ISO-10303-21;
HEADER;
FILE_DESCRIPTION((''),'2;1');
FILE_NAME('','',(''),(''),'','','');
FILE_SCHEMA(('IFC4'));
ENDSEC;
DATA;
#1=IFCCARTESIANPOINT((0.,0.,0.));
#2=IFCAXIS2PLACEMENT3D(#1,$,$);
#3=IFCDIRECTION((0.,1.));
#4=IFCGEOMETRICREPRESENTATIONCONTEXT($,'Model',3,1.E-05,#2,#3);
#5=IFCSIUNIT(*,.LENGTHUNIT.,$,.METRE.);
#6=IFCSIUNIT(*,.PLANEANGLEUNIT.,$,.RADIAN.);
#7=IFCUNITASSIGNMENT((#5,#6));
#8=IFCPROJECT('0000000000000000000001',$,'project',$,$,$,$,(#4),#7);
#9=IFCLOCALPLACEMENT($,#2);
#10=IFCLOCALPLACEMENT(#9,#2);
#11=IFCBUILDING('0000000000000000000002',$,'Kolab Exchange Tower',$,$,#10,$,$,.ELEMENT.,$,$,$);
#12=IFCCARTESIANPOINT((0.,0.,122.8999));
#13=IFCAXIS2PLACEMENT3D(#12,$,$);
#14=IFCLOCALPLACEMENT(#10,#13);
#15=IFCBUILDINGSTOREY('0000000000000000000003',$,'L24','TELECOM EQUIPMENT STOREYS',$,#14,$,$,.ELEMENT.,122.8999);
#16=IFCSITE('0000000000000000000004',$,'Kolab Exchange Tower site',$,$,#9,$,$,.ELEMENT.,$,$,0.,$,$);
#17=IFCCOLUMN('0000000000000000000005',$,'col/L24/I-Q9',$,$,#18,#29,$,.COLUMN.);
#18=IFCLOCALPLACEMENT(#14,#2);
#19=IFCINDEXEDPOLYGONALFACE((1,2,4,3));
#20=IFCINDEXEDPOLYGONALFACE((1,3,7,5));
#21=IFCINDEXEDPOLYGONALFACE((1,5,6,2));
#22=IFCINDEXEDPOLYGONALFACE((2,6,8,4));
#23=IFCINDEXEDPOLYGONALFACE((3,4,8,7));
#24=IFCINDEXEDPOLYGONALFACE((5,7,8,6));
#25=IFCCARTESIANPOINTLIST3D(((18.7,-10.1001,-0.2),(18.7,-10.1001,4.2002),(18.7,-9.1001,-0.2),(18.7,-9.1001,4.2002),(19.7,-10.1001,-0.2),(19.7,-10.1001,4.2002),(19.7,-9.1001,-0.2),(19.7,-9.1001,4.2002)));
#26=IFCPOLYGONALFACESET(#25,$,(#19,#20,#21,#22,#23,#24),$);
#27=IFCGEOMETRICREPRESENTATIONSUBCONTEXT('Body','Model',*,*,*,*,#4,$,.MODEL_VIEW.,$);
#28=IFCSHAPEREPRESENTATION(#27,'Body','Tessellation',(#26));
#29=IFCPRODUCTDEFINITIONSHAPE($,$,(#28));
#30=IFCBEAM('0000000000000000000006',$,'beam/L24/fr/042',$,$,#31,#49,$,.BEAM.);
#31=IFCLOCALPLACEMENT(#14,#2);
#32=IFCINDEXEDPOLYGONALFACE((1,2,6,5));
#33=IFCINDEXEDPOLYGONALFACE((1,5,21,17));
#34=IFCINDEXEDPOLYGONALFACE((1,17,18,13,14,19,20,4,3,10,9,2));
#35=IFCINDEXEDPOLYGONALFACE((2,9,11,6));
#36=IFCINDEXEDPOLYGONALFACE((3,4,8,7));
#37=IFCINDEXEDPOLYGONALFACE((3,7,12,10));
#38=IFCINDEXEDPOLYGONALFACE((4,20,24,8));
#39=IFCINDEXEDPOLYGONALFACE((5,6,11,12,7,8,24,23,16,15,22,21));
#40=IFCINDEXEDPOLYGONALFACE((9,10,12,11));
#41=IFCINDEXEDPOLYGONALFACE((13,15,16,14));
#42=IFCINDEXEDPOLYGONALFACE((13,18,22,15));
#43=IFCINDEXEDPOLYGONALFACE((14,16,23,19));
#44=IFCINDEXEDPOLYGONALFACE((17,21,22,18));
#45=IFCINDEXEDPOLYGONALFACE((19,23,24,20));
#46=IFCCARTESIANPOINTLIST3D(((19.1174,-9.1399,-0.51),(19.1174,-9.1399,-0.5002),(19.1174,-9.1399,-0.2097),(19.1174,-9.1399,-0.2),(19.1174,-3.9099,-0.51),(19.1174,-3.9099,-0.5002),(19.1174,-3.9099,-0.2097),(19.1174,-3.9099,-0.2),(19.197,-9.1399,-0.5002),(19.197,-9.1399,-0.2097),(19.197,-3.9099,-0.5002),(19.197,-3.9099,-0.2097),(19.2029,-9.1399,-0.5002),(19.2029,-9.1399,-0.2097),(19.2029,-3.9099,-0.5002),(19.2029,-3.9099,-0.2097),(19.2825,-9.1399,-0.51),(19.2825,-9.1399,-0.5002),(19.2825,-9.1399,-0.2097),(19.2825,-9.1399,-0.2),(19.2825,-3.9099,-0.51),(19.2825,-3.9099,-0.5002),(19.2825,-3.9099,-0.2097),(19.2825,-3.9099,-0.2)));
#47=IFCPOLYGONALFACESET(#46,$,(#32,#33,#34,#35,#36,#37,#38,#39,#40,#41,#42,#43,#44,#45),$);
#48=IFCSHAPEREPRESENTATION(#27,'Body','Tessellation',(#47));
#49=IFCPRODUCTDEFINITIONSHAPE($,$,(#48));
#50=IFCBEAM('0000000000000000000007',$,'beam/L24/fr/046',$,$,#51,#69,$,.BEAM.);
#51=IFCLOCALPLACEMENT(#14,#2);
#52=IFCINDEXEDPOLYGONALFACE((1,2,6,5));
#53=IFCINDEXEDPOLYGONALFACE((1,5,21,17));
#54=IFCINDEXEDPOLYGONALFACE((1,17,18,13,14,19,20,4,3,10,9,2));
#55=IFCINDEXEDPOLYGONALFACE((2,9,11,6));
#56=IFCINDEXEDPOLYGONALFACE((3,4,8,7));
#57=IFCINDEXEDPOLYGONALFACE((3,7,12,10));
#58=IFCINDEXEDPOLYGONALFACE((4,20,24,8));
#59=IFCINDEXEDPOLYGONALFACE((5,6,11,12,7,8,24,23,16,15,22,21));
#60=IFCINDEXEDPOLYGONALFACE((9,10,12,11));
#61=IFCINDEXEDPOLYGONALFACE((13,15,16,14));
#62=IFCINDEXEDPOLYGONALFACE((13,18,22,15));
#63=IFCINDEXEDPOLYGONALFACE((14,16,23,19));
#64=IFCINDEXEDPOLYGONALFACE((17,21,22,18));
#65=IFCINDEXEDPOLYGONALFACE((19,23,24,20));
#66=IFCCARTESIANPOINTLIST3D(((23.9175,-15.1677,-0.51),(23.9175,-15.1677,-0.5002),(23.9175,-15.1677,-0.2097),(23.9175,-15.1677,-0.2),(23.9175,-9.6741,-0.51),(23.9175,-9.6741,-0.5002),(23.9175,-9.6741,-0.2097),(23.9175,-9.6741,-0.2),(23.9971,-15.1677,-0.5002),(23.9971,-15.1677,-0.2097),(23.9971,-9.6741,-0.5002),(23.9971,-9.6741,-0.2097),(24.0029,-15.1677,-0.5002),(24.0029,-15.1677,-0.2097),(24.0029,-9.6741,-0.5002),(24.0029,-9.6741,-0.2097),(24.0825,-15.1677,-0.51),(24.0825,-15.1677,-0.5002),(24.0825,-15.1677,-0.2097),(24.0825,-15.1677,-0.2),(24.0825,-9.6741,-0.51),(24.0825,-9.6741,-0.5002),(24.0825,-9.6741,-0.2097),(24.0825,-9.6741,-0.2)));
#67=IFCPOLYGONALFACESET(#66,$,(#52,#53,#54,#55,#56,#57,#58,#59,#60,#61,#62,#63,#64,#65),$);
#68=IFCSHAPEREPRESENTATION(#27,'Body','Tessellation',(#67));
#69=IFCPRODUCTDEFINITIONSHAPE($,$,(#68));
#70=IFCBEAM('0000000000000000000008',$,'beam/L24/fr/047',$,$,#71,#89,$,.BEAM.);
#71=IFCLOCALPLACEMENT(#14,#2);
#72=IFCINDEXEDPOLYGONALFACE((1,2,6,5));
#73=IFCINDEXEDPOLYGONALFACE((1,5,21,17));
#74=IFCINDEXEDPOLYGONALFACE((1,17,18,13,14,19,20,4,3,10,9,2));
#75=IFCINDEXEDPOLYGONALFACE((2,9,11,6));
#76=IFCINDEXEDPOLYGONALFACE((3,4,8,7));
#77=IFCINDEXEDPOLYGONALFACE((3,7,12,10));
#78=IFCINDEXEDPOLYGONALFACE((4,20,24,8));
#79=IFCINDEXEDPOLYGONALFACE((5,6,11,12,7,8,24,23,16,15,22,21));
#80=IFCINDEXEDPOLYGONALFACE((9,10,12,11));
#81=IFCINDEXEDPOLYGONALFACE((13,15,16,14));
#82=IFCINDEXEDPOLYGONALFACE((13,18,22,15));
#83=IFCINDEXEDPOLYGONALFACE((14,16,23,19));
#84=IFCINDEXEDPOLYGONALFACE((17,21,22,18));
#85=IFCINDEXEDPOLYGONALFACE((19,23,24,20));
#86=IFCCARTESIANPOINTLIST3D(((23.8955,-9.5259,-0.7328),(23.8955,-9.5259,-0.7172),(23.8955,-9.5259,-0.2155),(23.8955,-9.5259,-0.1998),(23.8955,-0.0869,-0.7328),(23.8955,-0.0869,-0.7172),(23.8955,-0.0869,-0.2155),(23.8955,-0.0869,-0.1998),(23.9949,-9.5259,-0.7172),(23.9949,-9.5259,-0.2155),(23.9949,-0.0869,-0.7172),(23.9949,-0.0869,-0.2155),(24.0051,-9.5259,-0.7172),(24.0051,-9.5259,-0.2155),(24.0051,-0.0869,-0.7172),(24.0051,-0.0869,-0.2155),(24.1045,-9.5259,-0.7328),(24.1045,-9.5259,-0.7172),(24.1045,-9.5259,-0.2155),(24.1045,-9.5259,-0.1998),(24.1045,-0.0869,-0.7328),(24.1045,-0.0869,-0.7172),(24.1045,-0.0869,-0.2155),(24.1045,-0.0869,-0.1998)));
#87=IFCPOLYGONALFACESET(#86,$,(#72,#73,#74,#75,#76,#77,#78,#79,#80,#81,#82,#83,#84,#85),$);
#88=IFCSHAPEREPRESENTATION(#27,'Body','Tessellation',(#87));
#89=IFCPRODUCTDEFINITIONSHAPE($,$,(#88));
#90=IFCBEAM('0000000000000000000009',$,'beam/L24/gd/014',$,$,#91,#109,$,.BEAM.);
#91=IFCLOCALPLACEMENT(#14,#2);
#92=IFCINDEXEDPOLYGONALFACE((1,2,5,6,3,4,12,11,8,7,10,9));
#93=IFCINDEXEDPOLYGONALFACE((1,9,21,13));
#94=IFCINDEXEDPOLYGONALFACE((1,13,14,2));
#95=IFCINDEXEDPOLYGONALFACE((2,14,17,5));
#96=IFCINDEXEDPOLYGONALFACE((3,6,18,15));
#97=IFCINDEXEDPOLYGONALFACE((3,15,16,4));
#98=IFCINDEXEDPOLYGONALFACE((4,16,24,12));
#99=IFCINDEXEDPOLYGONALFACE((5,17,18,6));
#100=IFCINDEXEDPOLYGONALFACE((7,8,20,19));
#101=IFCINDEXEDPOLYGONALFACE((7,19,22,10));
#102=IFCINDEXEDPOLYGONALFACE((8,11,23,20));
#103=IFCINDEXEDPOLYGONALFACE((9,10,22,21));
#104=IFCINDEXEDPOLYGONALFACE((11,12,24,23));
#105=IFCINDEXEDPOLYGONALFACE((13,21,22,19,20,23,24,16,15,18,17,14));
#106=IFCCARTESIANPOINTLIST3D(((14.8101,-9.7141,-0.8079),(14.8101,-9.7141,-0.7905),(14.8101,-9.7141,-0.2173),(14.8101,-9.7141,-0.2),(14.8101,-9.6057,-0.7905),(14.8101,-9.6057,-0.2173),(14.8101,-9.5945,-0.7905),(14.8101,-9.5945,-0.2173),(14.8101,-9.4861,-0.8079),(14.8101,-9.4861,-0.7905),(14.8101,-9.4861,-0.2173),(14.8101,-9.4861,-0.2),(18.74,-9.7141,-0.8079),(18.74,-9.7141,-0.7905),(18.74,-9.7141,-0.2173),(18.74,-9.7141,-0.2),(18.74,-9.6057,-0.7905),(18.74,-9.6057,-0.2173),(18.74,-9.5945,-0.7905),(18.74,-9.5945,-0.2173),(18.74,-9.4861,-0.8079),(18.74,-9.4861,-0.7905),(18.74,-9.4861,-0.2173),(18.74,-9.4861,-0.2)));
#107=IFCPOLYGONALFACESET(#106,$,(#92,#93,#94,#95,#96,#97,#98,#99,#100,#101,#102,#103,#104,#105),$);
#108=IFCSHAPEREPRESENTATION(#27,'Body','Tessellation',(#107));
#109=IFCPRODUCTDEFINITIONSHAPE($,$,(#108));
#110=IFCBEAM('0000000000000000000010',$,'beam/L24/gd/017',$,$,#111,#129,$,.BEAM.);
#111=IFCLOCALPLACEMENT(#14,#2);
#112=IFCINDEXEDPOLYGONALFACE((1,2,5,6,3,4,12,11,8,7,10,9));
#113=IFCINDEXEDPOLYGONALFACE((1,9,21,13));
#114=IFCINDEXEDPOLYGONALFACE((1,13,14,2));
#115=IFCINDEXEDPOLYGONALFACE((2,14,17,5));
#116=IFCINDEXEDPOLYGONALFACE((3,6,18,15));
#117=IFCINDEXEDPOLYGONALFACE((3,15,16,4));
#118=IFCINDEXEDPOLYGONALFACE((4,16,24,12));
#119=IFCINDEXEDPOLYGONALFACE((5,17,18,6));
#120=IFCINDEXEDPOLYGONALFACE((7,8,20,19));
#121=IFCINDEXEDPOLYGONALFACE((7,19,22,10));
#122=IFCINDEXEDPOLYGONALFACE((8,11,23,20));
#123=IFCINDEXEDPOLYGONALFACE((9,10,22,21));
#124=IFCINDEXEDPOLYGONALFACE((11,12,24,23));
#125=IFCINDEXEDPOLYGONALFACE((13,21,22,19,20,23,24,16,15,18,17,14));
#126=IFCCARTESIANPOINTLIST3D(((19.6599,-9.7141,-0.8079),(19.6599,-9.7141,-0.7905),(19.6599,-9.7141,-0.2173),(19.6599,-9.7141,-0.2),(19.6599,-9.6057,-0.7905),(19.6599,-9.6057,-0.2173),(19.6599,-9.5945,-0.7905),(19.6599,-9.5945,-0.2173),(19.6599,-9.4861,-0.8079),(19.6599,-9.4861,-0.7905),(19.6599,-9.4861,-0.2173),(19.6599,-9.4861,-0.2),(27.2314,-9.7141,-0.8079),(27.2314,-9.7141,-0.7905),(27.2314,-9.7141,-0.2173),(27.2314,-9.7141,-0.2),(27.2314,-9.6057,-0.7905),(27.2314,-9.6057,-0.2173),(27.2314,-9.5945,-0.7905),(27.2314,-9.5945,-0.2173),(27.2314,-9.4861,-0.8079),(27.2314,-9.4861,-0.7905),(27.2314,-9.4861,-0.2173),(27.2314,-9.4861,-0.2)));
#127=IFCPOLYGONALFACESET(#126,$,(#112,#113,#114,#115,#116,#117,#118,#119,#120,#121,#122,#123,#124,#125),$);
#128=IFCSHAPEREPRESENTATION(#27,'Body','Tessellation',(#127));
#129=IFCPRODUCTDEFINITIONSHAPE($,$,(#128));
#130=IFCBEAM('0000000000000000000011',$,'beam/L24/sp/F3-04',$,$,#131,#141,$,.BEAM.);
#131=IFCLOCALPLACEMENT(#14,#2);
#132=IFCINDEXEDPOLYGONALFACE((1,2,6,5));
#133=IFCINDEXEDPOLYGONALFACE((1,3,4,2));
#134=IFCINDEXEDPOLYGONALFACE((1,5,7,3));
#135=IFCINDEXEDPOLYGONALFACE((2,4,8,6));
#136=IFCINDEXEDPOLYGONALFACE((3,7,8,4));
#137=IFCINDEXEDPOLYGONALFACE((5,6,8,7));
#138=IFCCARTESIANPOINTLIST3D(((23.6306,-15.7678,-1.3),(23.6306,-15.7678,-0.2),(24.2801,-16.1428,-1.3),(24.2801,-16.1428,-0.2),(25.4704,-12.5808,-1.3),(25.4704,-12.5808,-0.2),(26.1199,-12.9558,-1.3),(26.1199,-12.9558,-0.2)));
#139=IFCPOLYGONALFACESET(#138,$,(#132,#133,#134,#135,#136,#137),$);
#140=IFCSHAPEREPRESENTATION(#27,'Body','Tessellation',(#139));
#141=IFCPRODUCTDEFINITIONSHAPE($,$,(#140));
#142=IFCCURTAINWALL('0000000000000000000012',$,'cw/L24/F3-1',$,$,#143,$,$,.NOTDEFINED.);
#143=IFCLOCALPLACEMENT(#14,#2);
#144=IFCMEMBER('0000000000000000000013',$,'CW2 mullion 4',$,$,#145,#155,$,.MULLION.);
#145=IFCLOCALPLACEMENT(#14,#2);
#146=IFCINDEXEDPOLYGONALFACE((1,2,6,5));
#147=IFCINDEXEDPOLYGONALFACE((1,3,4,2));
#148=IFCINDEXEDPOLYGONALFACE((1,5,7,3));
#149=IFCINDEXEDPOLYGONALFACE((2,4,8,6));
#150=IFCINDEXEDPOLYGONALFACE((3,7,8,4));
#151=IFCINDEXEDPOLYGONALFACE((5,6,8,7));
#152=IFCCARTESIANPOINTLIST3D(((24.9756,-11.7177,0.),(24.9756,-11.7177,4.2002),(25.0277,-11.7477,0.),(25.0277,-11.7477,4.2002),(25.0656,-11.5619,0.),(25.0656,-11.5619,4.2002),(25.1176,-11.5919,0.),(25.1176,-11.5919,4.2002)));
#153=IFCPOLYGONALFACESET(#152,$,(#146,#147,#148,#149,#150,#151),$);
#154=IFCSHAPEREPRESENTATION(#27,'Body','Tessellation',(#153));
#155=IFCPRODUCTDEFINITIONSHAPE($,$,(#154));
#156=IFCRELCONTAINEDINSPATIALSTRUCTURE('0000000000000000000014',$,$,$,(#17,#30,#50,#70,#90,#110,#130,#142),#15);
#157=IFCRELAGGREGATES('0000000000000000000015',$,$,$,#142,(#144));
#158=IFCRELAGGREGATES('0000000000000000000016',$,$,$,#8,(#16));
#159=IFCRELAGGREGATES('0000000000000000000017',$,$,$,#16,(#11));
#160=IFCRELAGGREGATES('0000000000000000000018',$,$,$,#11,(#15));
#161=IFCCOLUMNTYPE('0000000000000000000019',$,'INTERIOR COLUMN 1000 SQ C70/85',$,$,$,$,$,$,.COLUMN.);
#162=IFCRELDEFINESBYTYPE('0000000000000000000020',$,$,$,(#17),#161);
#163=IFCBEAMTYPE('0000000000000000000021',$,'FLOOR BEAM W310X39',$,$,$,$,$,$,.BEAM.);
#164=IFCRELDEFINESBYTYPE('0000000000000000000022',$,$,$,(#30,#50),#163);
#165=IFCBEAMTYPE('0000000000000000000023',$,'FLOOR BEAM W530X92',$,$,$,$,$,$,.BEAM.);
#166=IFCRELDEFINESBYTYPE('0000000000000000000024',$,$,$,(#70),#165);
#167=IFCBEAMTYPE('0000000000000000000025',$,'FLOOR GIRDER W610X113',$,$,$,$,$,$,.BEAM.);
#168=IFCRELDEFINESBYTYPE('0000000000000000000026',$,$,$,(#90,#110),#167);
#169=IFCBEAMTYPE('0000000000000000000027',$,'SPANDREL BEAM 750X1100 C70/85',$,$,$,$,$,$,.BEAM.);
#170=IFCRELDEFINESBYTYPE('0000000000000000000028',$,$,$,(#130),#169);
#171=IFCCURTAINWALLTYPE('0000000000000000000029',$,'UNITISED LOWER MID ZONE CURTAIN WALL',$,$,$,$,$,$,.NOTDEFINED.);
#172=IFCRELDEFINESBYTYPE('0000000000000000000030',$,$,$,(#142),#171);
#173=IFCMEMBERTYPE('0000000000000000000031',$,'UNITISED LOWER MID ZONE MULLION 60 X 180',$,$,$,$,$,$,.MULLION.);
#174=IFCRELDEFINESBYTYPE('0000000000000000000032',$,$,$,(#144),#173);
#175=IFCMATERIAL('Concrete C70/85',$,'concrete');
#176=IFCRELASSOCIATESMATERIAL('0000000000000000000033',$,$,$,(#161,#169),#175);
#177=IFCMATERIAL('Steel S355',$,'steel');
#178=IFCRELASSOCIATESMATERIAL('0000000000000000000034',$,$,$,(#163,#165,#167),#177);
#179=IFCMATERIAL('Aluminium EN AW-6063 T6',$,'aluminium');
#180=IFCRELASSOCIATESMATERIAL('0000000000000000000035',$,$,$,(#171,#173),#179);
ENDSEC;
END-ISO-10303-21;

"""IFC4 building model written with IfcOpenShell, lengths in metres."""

from ifc_helpers import new_model, si_unit, direction, frame, origin, origin_2d, place, context, subcontext, project, spatial, rectangle, i_section, extrude, material, material_profile, profile_set, type_object, element, aggregate, save


model = new_model("IFC4")

# Units and contexts
model_context = context("Model", 3, precision=1e-05, world=origin(), true_north=direction((0.0, 1.0)))
body_context = subcontext(model_context, "Body", "Model", "MODEL_VIEW")
ifc_project = project(units=[si_unit("LENGTHUNIT", "METRE"), si_unit("PLANEANGLEUNIT", "RADIAN")], contexts=[model_context])

# Site, building, storey
site_placement = place(None, origin())
site = spatial("IfcSite", under=ifc_project, at=site_placement, Name="Kolab Exchange Tower site", CompositionType="ELEMENT", RefElevation=0.0)
building_placement = place(site_placement, origin())
building = spatial("IfcBuilding", under=site, at=building_placement, Name="Kolab Exchange Tower", CompositionType="ELEMENT")
storey_placement = place(building_placement, frame((0.0, 0.0, 122.8999)))
storey = spatial("IfcBuildingStorey", under=building, at=storey_placement, Name="L24", Description="TELECOM EQUIPMENT STOREYS", CompositionType="ELEMENT", Elevation=122.8999)

# Column
ifc_material_1 = material(Name="Concrete C70/85", Category="concrete")
ifc_material_profile_1 = material_profile(ifc_material_1, rectangle(XDim=1.0, YDim=1.0, at=origin_2d()), Name="RC1000")
ifc_profile_set_1 = profile_set([ifc_material_profile_1], Name="Concrete C70/85")
column_type = type_object("IfcColumnType", Name="INTERIOR COLUMN 1000 SQ C70/85", PredefinedType="COLUMN", material=ifc_profile_set_1)
column_placement = place(storey_placement, frame((19.2, -9.6001, -0.2), z_axis=(0.0, 0.0, 1.0), x_axis=(1.0, 0.0, 0.0)))
element("IfcColumn", 1, at=column_placement, inside=storey, type_object=column_type, Name="col/L24/I-Q9", PredefinedType="COLUMN", context=body_context, shape_type="SweptSolid", body=[
    extrude(rectangle(XDim=1.0, YDim=1.0, at=origin_2d()), origin(), (0.0, 0.0, 1.0), 4.4001),
])

# Beams
ifc_material_2 = material(Name="Steel S355", Category="steel")
ifc_material_profile_2 = material_profile(ifc_material_2, i_section(OverallWidth=0.165, OverallDepth=0.3101, WebThickness=0.0059, FlangeThickness=0.0098, at=origin_2d()), Name="W310X39")
ifc_profile_set_2 = profile_set([ifc_material_profile_2], Name="Steel S355")
beam_type_1 = type_object("IfcBeamType", Name="FLOOR BEAM W310X39", PredefinedType="BEAM", material=ifc_profile_set_2)
beam_1_placement = place(storey_placement, frame((19.2, -9.1399, -0.355), z_axis=(0.0, 1.0, 0.0), x_axis=(-1.0, 0.0, 0.0)))
element("IfcBeam", 2, at=beam_1_placement, inside=storey, type_object=beam_type_1, Name="beam/L24/fr/042", PredefinedType="BEAM", context=body_context, shape_type="SweptSolid", body=[
    extrude(i_section(OverallWidth=0.165, OverallDepth=0.3101, WebThickness=0.0059, FlangeThickness=0.0098, at=origin_2d()), origin(), (0.0, 0.0, 1.0), 5.23),
])
beam_2_placement = place(storey_placement, frame((24.0, -15.1677, -0.355), z_axis=(0.0, 1.0, 0.0), x_axis=(-1.0, 0.0, 0.0)))
element("IfcBeam", 3, at=beam_2_placement, inside=storey, type_object=beam_type_1, Name="beam/L24/fr/046", PredefinedType="BEAM", context=body_context, shape_type="SweptSolid", body=[
    extrude(i_section(OverallWidth=0.165, OverallDepth=0.3101, WebThickness=0.0059, FlangeThickness=0.0098, at=origin_2d()), origin(), (0.0, 0.0, 1.0), 5.4937),
])
ifc_material_profile_3 = material_profile(ifc_material_2, i_section(OverallWidth=0.209, OverallDepth=0.533, WebThickness=0.0103, FlangeThickness=0.0156, at=origin_2d()), Name="W530X92")
ifc_profile_set_3 = profile_set([ifc_material_profile_3], Name="Steel S355")
beam_type_2 = type_object("IfcBeamType", Name="FLOOR BEAM W530X92", PredefinedType="BEAM", material=ifc_profile_set_3)
beam_3_placement = place(storey_placement, frame((24.0, -9.5259, -0.4663), z_axis=(0.0, 1.0, 0.0), x_axis=(-1.0, 0.0, 0.0)))
element("IfcBeam", 4, at=beam_3_placement, inside=storey, type_object=beam_type_2, Name="beam/L24/fr/047", PredefinedType="BEAM", context=body_context, shape_type="SweptSolid", body=[
    extrude(i_section(OverallWidth=0.209, OverallDepth=0.533, WebThickness=0.0103, FlangeThickness=0.0156, at=origin_2d()), origin(), (0.0, 0.0, 1.0), 9.439),
])
ifc_material_profile_4 = material_profile(ifc_material_2, i_section(OverallWidth=0.228, OverallDepth=0.6079, WebThickness=0.0112, FlangeThickness=0.0173, at=origin_2d()), Name="W610X113")
ifc_profile_set_4 = profile_set([ifc_material_profile_4], Name="Steel S355")
beam_type_3 = type_object("IfcBeamType", Name="FLOOR GIRDER W610X113", PredefinedType="BEAM", material=ifc_profile_set_4)
beam_4_placement = place(storey_placement, frame((14.8101, -9.6001, -0.5039), z_axis=(1.0, 0.0, 0.0), x_axis=(0.0, 1.0, 0.0)))
element("IfcBeam", 5, at=beam_4_placement, inside=storey, type_object=beam_type_3, Name="beam/L24/gd/014", PredefinedType="BEAM", context=body_context, shape_type="SweptSolid", body=[
    extrude(i_section(OverallWidth=0.228, OverallDepth=0.6079, WebThickness=0.0112, FlangeThickness=0.0173, at=origin_2d()), origin(), (0.0, 0.0, 1.0), 3.9299),
])
beam_5_placement = place(storey_placement, frame((19.6599, -9.6001, -0.5039), z_axis=(1.0, 0.0, 0.0), x_axis=(0.0, 1.0, 0.0)))
element("IfcBeam", 6, at=beam_5_placement, inside=storey, type_object=beam_type_3, Name="beam/L24/gd/017", PredefinedType="BEAM", context=body_context, shape_type="SweptSolid", body=[
    extrude(i_section(OverallWidth=0.228, OverallDepth=0.6079, WebThickness=0.0112, FlangeThickness=0.0173, at=origin_2d()), origin(), (0.0, 0.0, 1.0), 7.5715),
])
ifc_material_profile_5 = material_profile(ifc_material_1, rectangle(XDim=0.75, YDim=1.1001, at=origin_2d()), Name="RC750X1100")
ifc_profile_set_5 = profile_set([ifc_material_profile_5], Name="Concrete C70/85")
beam_type_4 = type_object("IfcBeamType", Name="SPANDREL BEAM 750X1100 C70/85", PredefinedType="BEAM", material=ifc_profile_set_5)
beam_6_placement = place(storey_placement, frame((25.7952, -12.7683, -0.75), z_axis=(-0.499964, -0.866046, 0.0), x_axis=(0.866046, -0.499964, 0.0)))
element("IfcBeam", 7, at=beam_6_placement, inside=storey, type_object=beam_type_4, Name="beam/L24/sp/F3-04", PredefinedType="BEAM", context=body_context, shape_type="SweptSolid", body=[
    extrude(rectangle(XDim=0.75, YDim=1.1001, at=origin_2d()), origin(), (0.0, 0.0, 1.0), 3.6799),
])

# Curtain wall, member
ifc_material_3 = material(Name="Aluminium EN AW-6063 T6", Category="aluminium")
curtain_wall_type = type_object("IfcCurtainWallType", Name="UNITISED LOWER MID ZONE CURTAIN WALL", PredefinedType="NOTDEFINED", material=ifc_material_3)
curtain_wall_placement = place(storey_placement, origin())
curtain_wall = element("IfcCurtainWall", 8, at=curtain_wall_placement, inside=storey, type_object=curtain_wall_type, Name="cw/L24/F3-1", PredefinedType="NOTDEFINED")
ifc_material_profile_6 = material_profile(ifc_material_3, rectangle(XDim=0.0601, YDim=0.1799, at=origin_2d()), Name="RECT 60X180")
ifc_profile_set_6 = profile_set([ifc_material_profile_6], Name="Aluminium EN AW-6063 T6")
member_type = type_object("IfcMemberType", Name="UNITISED LOWER MID ZONE MULLION 60 X 180", PredefinedType="MULLION", material=ifc_profile_set_6)
member_placement = place(storey_placement, frame((25.0466, -11.6548, 0.0), z_axis=(0.0, 0.0, 1.0), x_axis=(0.866025, -0.5, 0.0)))
member = element("IfcMember", 9, at=member_placement, type_object=member_type, Name="CW2 mullion 4", PredefinedType="MULLION", context=body_context, shape_type="SweptSolid", body=[
    extrude(rectangle(XDim=0.0601, YDim=0.1799, at=origin_2d()), origin(), (0.0, 0.0, 1.0), 4.2002),
])
aggregate(curtain_wall, [member])

save(model, "model.ifc")
